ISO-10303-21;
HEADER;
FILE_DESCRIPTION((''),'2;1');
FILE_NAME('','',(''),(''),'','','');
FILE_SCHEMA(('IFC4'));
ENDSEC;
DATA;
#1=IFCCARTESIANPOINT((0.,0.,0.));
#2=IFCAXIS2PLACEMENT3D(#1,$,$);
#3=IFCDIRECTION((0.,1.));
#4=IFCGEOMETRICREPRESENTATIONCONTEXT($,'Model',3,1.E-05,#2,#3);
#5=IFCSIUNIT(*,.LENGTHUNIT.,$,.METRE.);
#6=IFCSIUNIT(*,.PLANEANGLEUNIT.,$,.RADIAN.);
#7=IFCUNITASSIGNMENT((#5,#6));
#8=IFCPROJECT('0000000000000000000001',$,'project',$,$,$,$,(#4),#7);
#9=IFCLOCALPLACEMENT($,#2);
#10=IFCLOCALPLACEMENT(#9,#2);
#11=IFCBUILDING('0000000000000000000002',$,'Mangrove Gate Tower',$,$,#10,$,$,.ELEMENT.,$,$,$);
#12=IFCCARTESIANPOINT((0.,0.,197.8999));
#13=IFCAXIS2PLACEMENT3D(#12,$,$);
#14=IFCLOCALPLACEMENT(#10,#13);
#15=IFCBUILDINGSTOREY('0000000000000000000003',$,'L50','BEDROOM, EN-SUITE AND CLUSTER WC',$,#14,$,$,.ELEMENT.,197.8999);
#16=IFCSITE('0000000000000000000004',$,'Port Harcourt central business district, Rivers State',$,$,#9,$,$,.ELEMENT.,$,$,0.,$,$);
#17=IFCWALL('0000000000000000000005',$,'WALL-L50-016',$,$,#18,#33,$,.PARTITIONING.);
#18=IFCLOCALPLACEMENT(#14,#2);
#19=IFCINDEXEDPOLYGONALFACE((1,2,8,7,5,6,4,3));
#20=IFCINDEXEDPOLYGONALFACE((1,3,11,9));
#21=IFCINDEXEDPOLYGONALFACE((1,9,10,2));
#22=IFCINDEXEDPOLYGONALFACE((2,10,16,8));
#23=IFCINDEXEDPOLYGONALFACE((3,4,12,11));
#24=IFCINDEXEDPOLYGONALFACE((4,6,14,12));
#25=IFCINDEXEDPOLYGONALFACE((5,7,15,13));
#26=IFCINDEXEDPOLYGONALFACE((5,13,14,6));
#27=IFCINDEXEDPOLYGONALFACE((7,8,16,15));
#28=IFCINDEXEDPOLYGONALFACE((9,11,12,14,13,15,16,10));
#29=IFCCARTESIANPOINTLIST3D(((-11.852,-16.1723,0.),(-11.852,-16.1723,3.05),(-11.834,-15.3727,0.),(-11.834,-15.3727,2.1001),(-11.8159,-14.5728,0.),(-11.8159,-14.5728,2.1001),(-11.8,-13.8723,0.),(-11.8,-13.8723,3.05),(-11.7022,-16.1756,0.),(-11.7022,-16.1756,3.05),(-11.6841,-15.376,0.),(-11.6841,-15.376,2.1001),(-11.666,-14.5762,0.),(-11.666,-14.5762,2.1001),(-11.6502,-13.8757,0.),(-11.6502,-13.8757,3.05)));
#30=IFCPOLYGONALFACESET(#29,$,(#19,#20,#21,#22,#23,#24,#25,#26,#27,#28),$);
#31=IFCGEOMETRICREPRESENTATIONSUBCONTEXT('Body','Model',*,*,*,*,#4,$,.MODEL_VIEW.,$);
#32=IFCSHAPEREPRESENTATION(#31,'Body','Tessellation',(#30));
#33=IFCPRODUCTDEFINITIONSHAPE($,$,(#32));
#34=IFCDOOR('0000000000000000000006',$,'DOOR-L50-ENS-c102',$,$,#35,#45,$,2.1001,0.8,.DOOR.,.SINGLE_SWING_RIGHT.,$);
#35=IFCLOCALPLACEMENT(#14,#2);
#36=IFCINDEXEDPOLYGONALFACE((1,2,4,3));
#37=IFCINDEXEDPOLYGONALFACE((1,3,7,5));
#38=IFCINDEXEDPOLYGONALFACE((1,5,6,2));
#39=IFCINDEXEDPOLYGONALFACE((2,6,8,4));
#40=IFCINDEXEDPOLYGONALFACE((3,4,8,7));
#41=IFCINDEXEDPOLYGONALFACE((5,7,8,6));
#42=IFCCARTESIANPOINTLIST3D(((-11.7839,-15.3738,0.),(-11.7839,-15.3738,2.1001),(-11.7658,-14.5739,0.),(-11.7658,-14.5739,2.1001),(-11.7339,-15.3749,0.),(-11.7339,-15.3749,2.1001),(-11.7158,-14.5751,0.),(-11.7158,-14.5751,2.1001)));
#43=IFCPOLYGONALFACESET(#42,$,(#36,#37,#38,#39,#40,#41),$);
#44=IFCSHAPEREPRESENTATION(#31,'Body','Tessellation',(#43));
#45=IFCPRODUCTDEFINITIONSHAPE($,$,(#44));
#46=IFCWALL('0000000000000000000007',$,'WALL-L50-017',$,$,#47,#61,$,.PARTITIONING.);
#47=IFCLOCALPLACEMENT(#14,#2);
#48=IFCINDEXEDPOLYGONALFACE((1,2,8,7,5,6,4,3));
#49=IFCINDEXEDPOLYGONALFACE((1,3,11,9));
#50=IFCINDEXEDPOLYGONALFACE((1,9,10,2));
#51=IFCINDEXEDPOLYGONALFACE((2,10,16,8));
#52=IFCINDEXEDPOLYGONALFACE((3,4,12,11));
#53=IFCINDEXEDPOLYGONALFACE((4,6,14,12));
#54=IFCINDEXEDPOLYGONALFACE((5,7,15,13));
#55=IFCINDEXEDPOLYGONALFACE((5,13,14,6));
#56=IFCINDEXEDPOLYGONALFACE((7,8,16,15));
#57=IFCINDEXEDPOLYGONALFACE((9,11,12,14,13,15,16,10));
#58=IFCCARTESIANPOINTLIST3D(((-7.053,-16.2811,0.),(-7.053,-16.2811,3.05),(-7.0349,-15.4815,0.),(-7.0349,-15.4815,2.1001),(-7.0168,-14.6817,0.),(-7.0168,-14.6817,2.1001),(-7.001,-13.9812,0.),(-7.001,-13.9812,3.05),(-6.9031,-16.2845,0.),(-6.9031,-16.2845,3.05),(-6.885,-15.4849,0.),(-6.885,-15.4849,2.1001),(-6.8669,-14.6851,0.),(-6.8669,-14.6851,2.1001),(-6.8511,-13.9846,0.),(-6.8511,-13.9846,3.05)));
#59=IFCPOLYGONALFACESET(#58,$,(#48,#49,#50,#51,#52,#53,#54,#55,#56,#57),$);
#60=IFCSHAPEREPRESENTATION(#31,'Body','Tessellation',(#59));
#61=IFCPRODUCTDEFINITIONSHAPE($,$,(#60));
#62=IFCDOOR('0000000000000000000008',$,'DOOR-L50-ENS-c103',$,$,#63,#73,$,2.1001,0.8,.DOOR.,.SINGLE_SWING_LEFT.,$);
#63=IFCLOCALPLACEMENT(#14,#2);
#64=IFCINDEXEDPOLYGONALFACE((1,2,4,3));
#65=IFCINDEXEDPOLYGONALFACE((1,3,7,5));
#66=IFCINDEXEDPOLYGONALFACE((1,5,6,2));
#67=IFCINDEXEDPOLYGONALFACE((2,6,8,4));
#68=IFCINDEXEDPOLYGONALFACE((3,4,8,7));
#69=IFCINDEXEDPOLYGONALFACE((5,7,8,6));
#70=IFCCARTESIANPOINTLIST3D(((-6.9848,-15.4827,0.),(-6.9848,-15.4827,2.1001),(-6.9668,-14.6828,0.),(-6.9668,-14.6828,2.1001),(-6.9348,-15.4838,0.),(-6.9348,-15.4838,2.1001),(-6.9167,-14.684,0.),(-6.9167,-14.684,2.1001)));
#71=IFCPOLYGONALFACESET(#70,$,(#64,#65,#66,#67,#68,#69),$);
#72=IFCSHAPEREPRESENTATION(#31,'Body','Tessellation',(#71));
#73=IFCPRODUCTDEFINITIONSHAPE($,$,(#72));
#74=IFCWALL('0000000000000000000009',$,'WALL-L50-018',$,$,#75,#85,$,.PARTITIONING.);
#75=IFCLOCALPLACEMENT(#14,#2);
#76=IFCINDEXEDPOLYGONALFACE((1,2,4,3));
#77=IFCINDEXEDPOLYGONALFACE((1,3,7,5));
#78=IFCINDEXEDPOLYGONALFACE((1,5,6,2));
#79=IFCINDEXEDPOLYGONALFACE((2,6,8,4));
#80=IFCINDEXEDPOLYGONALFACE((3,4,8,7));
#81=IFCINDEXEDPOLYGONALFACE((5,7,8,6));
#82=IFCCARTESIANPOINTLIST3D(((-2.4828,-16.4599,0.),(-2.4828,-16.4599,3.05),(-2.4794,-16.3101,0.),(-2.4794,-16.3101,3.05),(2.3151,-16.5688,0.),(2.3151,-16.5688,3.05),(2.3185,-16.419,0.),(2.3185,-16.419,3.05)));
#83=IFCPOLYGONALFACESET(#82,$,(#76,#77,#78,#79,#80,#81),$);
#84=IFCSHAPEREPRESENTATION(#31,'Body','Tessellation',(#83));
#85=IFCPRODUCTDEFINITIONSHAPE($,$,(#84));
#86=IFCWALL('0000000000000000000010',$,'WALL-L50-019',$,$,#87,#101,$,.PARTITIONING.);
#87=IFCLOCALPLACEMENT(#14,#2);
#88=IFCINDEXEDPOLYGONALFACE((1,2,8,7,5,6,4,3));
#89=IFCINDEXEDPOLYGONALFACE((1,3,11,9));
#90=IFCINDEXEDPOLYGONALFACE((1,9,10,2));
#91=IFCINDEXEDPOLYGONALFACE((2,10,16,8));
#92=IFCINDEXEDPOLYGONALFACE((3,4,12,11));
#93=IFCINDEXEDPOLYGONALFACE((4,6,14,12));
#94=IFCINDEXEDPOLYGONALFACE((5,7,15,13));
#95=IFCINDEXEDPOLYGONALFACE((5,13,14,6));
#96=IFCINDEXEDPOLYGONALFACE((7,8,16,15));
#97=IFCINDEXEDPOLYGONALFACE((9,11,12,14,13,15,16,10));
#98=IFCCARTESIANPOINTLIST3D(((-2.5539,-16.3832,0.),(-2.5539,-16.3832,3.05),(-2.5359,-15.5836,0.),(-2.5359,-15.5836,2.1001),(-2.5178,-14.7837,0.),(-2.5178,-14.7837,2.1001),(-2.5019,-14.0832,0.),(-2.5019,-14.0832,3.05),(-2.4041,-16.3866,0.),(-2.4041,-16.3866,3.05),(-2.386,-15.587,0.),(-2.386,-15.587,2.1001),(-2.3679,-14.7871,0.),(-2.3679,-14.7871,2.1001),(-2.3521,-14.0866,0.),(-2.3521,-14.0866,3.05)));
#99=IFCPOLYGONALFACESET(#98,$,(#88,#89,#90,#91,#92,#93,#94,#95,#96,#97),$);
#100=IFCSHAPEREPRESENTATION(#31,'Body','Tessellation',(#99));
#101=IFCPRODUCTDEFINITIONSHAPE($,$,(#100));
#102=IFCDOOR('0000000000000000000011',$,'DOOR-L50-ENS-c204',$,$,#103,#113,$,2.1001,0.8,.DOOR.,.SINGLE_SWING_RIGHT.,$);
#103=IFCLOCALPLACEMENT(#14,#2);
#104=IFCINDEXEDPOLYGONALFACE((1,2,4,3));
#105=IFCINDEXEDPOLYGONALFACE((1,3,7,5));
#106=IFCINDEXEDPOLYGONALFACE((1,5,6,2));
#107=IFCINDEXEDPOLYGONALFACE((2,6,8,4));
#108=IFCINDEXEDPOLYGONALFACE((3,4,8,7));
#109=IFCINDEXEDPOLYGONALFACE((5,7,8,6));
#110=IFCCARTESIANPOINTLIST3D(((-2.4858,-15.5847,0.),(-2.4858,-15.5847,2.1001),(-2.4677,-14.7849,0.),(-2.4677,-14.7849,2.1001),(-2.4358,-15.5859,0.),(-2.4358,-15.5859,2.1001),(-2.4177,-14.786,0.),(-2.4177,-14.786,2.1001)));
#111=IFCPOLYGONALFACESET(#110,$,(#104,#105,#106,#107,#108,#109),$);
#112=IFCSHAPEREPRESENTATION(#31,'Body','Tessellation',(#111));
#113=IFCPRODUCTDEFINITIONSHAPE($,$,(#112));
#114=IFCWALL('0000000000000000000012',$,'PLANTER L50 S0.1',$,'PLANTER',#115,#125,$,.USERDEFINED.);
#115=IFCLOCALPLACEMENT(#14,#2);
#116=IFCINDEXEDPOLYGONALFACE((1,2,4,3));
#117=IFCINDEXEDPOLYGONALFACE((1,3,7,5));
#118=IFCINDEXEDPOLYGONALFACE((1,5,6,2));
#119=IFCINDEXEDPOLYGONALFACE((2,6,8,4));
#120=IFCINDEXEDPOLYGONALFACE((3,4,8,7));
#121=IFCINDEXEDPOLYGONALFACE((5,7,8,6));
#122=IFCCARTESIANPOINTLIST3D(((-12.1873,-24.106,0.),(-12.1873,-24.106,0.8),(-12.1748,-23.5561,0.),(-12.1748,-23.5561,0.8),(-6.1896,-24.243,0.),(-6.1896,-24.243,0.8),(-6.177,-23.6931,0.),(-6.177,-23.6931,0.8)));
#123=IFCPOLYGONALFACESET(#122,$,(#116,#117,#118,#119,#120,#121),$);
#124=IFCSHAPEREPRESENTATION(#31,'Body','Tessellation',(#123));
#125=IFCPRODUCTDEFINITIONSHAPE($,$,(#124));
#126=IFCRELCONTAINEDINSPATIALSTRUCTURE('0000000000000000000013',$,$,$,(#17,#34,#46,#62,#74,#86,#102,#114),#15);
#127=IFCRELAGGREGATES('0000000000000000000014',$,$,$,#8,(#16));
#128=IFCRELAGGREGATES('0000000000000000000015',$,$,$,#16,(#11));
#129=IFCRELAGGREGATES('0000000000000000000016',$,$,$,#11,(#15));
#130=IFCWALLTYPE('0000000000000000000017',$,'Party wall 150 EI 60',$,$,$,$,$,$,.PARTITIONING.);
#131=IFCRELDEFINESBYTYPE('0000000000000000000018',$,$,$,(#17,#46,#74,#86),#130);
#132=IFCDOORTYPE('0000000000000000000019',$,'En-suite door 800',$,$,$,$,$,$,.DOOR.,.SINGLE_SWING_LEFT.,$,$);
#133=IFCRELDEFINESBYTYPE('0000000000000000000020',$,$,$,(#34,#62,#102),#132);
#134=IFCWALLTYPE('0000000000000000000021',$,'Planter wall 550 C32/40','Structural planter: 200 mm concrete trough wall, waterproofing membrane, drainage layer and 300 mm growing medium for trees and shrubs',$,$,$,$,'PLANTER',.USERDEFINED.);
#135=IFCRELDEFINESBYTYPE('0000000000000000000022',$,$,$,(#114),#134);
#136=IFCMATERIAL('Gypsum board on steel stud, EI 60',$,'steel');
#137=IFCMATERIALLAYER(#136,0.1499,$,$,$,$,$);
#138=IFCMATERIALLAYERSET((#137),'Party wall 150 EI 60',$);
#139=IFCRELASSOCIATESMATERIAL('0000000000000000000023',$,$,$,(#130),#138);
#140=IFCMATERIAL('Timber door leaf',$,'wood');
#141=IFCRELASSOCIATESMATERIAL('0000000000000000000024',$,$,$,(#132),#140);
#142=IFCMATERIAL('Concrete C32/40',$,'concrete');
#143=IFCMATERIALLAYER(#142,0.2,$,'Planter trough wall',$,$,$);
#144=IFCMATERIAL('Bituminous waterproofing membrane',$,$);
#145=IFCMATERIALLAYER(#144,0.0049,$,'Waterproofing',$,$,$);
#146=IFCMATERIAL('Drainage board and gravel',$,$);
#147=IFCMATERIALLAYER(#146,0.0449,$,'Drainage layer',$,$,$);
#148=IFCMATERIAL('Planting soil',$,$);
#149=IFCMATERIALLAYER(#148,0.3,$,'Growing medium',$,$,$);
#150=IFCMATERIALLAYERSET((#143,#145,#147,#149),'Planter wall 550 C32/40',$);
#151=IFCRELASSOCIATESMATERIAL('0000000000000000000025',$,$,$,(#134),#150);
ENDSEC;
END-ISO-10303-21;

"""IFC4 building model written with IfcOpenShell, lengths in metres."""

from ifc_helpers import new_model, si_unit, direction, frame, frame_2d, origin, place, context, subcontext, project, spatial, rectangle, extrude, material, layer, layer_set, type_object, element, fill, save


model = new_model("IFC4")

# Units and contexts
model_context = context("Model", 3, precision=1e-05, world=origin(), true_north=direction((0.0, 1.0)))
body_context = subcontext(model_context, "Body", "Model", "MODEL_VIEW")
ifc_project = project(units=[si_unit("LENGTHUNIT", "METRE"), si_unit("PLANEANGLEUNIT", "RADIAN")], contexts=[model_context])

# Site, building, storey
site_placement = place(None, origin())
site = spatial("IfcSite", under=ifc_project, at=site_placement, Name="Port Harcourt central business district, Rivers State", CompositionType="ELEMENT", RefElevation=0.0)
building_placement = place(site_placement, origin())
building = spatial("IfcBuilding", under=site, at=building_placement, Name="Mangrove Gate Tower", CompositionType="ELEMENT")
storey_placement = place(building_placement, frame((0.0, 0.0, 197.8999)))
storey = spatial("IfcBuildingStorey", under=building, at=storey_placement, Name="L50", Description="BEDROOM, EN-SUITE AND CLUSTER WC", CompositionType="ELEMENT", Elevation=197.8999)

# Shared definitions
ifc_material_1 = material(Name="Gypsum board on steel stud, EI 60", Category="steel")
ifc_layer_1 = layer(ifc_material_1, 0.1499)
ifc_layer_set_1 = layer_set([ifc_layer_1], Name="Party wall 150 EI 60")
wall_type_1 = type_object("IfcWallType", Name="Party wall 150 EI 60", PredefinedType="PARTITIONING", material=ifc_layer_set_1)

# Shared definitions
ifc_material_2 = material(Name="Timber door leaf", Category="wood")
door_type = type_object("IfcDoorType", Name="En-suite door 800", OperationType="SINGLE_SWING_LEFT", PredefinedType="DOOR", material=ifc_material_2)

# Walls, openings, doors
wall_1_placement = place(storey_placement, frame((-11.7771, -16.1741, 0.0), z_axis=(0.0, 0.0, 1.0), x_axis=(0.022603, 0.999745, 0.0)))
wall_1 = element("IfcWall", 1, at=wall_1_placement, inside=storey, type_object=wall_type_1, Name="WALL-L50-016", PredefinedType="PARTITIONING", context=body_context, shape_type="SweptSolid", body=[
    extrude(rectangle(XDim=2.3005, YDim=0.1499, at=frame_2d((1.1504, 0.0))), origin(), (0.0, 0.0, 1.0), 3.05),
])
opening_1_placement = place(wall_1_placement, frame((0.8, 0.0, 0.0)))
opening_1 = element("IfcOpeningElement", 2, at=opening_1_placement, cuts=wall_1, PredefinedType="OPENING", context=body_context, shape_type="SweptSolid", body=[
    extrude(rectangle(XDim=0.8, YDim=2.1001, at=frame_2d((0.3999, 1.05))), frame((0.0, 0.085, 0.0), z_axis=(0.0, -1.0, 0.0), x_axis=(1.0, 0.0, 0.0)), (0.0, 0.0, 1.0), 0.1699),
])
door_1_placement = place(opening_1_placement, origin())
door_1 = element("IfcDoor", 3, at=door_1_placement, inside=storey, type_object=door_type, Name="DOOR-L50-ENS-c102", OperationType="SINGLE_SWING_RIGHT", OverallHeight=2.1001, OverallWidth=0.8, PredefinedType="DOOR", context=body_context, shape_type="SweptSolid", body=[
    extrude(rectangle(XDim=0.8, YDim=2.1001, at=frame_2d((0.3999, 1.05))), frame((0.0, 0.0249, 0.0), z_axis=(0.0, -1.0, 0.0), x_axis=(1.0, 0.0, 0.0)), (0.0, 0.0, 1.0), 0.05),
])
fill(opening_1, door_1)
wall_2_placement = place(storey_placement, frame((-6.978, -16.283, 0.0), z_axis=(0.0, 0.0, 1.0), x_axis=(0.022603, 0.999745, 0.0)))
wall_2 = element("IfcWall", 4, at=wall_2_placement, inside=storey, type_object=wall_type_1, Name="WALL-L50-017", PredefinedType="PARTITIONING", context=body_context, shape_type="SweptSolid", body=[
    extrude(rectangle(XDim=2.3005, YDim=0.1499, at=frame_2d((1.1504, 0.0))), origin(), (0.0, 0.0, 1.0), 3.05),
])
opening_2_placement = place(wall_2_placement, frame((0.8, 0.0, 0.0)))
opening_2 = element("IfcOpeningElement", 5, at=opening_2_placement, cuts=wall_2, PredefinedType="OPENING", context=body_context, shape_type="SweptSolid", body=[
    extrude(rectangle(XDim=0.8, YDim=2.1001, at=frame_2d((0.3999, 1.05))), frame((0.0, 0.085, 0.0), z_axis=(0.0, -1.0, 0.0), x_axis=(1.0, 0.0, 0.0)), (0.0, 0.0, 1.0), 0.1699),
])
door_2_placement = place(opening_2_placement, origin())
door_2 = element("IfcDoor", 6, at=door_2_placement, inside=storey, type_object=door_type, Name="DOOR-L50-ENS-c103", OperationType="SINGLE_SWING_LEFT", OverallHeight=2.1001, OverallWidth=0.8, PredefinedType="DOOR", context=body_context, shape_type="SweptSolid", body=[
    extrude(rectangle(XDim=0.8, YDim=2.1001, at=frame_2d((0.3999, 1.05))), frame((0.0, 0.0249, 0.0), z_axis=(0.0, -1.0, 0.0), x_axis=(1.0, 0.0, 0.0)), (0.0, 0.0, 1.0), 0.05),
])
fill(opening_2, door_2)

# Wall
wall_3_placement = place(storey_placement, frame((-2.481, -16.385, 0.0), z_axis=(0.0, 0.0, 1.0), x_axis=(0.999743, -0.022689, 0.0)))
element("IfcWall", 7, at=wall_3_placement, inside=storey, type_object=wall_type_1, Name="WALL-L50-018", PredefinedType="PARTITIONING", context=body_context, shape_type="SweptSolid", body=[
    extrude(rectangle(XDim=4.7991, YDim=0.1499, at=frame_2d((2.3994, 0.0))), origin(), (0.0, 0.0, 1.0), 3.05),
])

# Wall, opening, door
wall_4_placement = place(storey_placement, frame((-2.479, -16.385, 0.0), z_axis=(0.0, 0.0, 1.0), x_axis=(0.022603, 0.999745, 0.0)))
wall_4 = element("IfcWall", 8, at=wall_4_placement, inside=storey, type_object=wall_type_1, Name="WALL-L50-019", PredefinedType="PARTITIONING", context=body_context, shape_type="SweptSolid", body=[
    extrude(rectangle(XDim=2.3005, YDim=0.1499, at=frame_2d((1.1504, 0.0))), origin(), (0.0, 0.0, 1.0), 3.05),
])
opening_3_placement = place(wall_4_placement, frame((0.8, 0.0, 0.0)))
opening_3 = element("IfcOpeningElement", 9, at=opening_3_placement, cuts=wall_4, PredefinedType="OPENING", context=body_context, shape_type="SweptSolid", body=[
    extrude(rectangle(XDim=0.8, YDim=2.1001, at=frame_2d((0.3999, 1.05))), frame((0.0, 0.085, 0.0), z_axis=(0.0, -1.0, 0.0), x_axis=(1.0, 0.0, 0.0)), (0.0, 0.0, 1.0), 0.1699),
])
door_3_placement = place(opening_3_placement, origin())
door_3 = element("IfcDoor", 10, at=door_3_placement, inside=storey, type_object=door_type, Name="DOOR-L50-ENS-c204", OperationType="SINGLE_SWING_RIGHT", OverallHeight=2.1001, OverallWidth=0.8, PredefinedType="DOOR", context=body_context, shape_type="SweptSolid", body=[
    extrude(rectangle(XDim=0.8, YDim=2.1001, at=frame_2d((0.3999, 1.05))), frame((0.0, 0.0249, 0.0), z_axis=(0.0, -1.0, 0.0), x_axis=(1.0, 0.0, 0.0)), (0.0, 0.0, 1.0), 0.05),
])
fill(opening_3, door_3)

# Wall
ifc_material_3 = material(Name="Concrete C32/40", Category="concrete")
ifc_layer_2 = layer(ifc_material_3, 0.2, Name="Planter trough wall")
ifc_material_4 = material(Name="Bituminous waterproofing membrane")
ifc_layer_3 = layer(ifc_material_4, 0.0049, Name="Waterproofing")
ifc_material_5 = material(Name="Drainage board and gravel")
ifc_layer_4 = layer(ifc_material_5, 0.0449, Name="Drainage layer")
ifc_material_6 = material(Name="Planting soil")
ifc_layer_5 = layer(ifc_material_6, 0.3, Name="Growing medium")
ifc_layer_set_2 = layer_set([ifc_layer_2, ifc_layer_3, ifc_layer_4, ifc_layer_5], Name="Planter wall 550 C32/40")
wall_type_2 = type_object("IfcWallType", Name="Planter wall 550 C32/40", Description="Structural planter: 200 mm concrete trough wall, waterproofing membrane, drainage layer and 300 mm growing medium for trees and shrubs", ElementType="PLANTER", PredefinedType="USERDEFINED", material=ifc_layer_set_2)
wall_5_placement = place(storey_placement, frame((-12.1809, -23.8311, 0.0), z_axis=(0.0, 0.0, 1.0), x_axis=(0.999739, -0.02283, 0.0)))
element("IfcWall", 11, at=wall_5_placement, inside=storey, type_object=wall_type_2, Name="PLANTER L50 S0.1", ObjectType="PLANTER", PredefinedType="USERDEFINED", context=body_context, shape_type="SweptSolid", body=[
    extrude(rectangle(XDim=5.9993, YDim=0.55, at=frame_2d((2.9995, 0.0))), origin(), (0.0, 0.0, 1.0), 0.8),
])

save(model, "model.ifc")
